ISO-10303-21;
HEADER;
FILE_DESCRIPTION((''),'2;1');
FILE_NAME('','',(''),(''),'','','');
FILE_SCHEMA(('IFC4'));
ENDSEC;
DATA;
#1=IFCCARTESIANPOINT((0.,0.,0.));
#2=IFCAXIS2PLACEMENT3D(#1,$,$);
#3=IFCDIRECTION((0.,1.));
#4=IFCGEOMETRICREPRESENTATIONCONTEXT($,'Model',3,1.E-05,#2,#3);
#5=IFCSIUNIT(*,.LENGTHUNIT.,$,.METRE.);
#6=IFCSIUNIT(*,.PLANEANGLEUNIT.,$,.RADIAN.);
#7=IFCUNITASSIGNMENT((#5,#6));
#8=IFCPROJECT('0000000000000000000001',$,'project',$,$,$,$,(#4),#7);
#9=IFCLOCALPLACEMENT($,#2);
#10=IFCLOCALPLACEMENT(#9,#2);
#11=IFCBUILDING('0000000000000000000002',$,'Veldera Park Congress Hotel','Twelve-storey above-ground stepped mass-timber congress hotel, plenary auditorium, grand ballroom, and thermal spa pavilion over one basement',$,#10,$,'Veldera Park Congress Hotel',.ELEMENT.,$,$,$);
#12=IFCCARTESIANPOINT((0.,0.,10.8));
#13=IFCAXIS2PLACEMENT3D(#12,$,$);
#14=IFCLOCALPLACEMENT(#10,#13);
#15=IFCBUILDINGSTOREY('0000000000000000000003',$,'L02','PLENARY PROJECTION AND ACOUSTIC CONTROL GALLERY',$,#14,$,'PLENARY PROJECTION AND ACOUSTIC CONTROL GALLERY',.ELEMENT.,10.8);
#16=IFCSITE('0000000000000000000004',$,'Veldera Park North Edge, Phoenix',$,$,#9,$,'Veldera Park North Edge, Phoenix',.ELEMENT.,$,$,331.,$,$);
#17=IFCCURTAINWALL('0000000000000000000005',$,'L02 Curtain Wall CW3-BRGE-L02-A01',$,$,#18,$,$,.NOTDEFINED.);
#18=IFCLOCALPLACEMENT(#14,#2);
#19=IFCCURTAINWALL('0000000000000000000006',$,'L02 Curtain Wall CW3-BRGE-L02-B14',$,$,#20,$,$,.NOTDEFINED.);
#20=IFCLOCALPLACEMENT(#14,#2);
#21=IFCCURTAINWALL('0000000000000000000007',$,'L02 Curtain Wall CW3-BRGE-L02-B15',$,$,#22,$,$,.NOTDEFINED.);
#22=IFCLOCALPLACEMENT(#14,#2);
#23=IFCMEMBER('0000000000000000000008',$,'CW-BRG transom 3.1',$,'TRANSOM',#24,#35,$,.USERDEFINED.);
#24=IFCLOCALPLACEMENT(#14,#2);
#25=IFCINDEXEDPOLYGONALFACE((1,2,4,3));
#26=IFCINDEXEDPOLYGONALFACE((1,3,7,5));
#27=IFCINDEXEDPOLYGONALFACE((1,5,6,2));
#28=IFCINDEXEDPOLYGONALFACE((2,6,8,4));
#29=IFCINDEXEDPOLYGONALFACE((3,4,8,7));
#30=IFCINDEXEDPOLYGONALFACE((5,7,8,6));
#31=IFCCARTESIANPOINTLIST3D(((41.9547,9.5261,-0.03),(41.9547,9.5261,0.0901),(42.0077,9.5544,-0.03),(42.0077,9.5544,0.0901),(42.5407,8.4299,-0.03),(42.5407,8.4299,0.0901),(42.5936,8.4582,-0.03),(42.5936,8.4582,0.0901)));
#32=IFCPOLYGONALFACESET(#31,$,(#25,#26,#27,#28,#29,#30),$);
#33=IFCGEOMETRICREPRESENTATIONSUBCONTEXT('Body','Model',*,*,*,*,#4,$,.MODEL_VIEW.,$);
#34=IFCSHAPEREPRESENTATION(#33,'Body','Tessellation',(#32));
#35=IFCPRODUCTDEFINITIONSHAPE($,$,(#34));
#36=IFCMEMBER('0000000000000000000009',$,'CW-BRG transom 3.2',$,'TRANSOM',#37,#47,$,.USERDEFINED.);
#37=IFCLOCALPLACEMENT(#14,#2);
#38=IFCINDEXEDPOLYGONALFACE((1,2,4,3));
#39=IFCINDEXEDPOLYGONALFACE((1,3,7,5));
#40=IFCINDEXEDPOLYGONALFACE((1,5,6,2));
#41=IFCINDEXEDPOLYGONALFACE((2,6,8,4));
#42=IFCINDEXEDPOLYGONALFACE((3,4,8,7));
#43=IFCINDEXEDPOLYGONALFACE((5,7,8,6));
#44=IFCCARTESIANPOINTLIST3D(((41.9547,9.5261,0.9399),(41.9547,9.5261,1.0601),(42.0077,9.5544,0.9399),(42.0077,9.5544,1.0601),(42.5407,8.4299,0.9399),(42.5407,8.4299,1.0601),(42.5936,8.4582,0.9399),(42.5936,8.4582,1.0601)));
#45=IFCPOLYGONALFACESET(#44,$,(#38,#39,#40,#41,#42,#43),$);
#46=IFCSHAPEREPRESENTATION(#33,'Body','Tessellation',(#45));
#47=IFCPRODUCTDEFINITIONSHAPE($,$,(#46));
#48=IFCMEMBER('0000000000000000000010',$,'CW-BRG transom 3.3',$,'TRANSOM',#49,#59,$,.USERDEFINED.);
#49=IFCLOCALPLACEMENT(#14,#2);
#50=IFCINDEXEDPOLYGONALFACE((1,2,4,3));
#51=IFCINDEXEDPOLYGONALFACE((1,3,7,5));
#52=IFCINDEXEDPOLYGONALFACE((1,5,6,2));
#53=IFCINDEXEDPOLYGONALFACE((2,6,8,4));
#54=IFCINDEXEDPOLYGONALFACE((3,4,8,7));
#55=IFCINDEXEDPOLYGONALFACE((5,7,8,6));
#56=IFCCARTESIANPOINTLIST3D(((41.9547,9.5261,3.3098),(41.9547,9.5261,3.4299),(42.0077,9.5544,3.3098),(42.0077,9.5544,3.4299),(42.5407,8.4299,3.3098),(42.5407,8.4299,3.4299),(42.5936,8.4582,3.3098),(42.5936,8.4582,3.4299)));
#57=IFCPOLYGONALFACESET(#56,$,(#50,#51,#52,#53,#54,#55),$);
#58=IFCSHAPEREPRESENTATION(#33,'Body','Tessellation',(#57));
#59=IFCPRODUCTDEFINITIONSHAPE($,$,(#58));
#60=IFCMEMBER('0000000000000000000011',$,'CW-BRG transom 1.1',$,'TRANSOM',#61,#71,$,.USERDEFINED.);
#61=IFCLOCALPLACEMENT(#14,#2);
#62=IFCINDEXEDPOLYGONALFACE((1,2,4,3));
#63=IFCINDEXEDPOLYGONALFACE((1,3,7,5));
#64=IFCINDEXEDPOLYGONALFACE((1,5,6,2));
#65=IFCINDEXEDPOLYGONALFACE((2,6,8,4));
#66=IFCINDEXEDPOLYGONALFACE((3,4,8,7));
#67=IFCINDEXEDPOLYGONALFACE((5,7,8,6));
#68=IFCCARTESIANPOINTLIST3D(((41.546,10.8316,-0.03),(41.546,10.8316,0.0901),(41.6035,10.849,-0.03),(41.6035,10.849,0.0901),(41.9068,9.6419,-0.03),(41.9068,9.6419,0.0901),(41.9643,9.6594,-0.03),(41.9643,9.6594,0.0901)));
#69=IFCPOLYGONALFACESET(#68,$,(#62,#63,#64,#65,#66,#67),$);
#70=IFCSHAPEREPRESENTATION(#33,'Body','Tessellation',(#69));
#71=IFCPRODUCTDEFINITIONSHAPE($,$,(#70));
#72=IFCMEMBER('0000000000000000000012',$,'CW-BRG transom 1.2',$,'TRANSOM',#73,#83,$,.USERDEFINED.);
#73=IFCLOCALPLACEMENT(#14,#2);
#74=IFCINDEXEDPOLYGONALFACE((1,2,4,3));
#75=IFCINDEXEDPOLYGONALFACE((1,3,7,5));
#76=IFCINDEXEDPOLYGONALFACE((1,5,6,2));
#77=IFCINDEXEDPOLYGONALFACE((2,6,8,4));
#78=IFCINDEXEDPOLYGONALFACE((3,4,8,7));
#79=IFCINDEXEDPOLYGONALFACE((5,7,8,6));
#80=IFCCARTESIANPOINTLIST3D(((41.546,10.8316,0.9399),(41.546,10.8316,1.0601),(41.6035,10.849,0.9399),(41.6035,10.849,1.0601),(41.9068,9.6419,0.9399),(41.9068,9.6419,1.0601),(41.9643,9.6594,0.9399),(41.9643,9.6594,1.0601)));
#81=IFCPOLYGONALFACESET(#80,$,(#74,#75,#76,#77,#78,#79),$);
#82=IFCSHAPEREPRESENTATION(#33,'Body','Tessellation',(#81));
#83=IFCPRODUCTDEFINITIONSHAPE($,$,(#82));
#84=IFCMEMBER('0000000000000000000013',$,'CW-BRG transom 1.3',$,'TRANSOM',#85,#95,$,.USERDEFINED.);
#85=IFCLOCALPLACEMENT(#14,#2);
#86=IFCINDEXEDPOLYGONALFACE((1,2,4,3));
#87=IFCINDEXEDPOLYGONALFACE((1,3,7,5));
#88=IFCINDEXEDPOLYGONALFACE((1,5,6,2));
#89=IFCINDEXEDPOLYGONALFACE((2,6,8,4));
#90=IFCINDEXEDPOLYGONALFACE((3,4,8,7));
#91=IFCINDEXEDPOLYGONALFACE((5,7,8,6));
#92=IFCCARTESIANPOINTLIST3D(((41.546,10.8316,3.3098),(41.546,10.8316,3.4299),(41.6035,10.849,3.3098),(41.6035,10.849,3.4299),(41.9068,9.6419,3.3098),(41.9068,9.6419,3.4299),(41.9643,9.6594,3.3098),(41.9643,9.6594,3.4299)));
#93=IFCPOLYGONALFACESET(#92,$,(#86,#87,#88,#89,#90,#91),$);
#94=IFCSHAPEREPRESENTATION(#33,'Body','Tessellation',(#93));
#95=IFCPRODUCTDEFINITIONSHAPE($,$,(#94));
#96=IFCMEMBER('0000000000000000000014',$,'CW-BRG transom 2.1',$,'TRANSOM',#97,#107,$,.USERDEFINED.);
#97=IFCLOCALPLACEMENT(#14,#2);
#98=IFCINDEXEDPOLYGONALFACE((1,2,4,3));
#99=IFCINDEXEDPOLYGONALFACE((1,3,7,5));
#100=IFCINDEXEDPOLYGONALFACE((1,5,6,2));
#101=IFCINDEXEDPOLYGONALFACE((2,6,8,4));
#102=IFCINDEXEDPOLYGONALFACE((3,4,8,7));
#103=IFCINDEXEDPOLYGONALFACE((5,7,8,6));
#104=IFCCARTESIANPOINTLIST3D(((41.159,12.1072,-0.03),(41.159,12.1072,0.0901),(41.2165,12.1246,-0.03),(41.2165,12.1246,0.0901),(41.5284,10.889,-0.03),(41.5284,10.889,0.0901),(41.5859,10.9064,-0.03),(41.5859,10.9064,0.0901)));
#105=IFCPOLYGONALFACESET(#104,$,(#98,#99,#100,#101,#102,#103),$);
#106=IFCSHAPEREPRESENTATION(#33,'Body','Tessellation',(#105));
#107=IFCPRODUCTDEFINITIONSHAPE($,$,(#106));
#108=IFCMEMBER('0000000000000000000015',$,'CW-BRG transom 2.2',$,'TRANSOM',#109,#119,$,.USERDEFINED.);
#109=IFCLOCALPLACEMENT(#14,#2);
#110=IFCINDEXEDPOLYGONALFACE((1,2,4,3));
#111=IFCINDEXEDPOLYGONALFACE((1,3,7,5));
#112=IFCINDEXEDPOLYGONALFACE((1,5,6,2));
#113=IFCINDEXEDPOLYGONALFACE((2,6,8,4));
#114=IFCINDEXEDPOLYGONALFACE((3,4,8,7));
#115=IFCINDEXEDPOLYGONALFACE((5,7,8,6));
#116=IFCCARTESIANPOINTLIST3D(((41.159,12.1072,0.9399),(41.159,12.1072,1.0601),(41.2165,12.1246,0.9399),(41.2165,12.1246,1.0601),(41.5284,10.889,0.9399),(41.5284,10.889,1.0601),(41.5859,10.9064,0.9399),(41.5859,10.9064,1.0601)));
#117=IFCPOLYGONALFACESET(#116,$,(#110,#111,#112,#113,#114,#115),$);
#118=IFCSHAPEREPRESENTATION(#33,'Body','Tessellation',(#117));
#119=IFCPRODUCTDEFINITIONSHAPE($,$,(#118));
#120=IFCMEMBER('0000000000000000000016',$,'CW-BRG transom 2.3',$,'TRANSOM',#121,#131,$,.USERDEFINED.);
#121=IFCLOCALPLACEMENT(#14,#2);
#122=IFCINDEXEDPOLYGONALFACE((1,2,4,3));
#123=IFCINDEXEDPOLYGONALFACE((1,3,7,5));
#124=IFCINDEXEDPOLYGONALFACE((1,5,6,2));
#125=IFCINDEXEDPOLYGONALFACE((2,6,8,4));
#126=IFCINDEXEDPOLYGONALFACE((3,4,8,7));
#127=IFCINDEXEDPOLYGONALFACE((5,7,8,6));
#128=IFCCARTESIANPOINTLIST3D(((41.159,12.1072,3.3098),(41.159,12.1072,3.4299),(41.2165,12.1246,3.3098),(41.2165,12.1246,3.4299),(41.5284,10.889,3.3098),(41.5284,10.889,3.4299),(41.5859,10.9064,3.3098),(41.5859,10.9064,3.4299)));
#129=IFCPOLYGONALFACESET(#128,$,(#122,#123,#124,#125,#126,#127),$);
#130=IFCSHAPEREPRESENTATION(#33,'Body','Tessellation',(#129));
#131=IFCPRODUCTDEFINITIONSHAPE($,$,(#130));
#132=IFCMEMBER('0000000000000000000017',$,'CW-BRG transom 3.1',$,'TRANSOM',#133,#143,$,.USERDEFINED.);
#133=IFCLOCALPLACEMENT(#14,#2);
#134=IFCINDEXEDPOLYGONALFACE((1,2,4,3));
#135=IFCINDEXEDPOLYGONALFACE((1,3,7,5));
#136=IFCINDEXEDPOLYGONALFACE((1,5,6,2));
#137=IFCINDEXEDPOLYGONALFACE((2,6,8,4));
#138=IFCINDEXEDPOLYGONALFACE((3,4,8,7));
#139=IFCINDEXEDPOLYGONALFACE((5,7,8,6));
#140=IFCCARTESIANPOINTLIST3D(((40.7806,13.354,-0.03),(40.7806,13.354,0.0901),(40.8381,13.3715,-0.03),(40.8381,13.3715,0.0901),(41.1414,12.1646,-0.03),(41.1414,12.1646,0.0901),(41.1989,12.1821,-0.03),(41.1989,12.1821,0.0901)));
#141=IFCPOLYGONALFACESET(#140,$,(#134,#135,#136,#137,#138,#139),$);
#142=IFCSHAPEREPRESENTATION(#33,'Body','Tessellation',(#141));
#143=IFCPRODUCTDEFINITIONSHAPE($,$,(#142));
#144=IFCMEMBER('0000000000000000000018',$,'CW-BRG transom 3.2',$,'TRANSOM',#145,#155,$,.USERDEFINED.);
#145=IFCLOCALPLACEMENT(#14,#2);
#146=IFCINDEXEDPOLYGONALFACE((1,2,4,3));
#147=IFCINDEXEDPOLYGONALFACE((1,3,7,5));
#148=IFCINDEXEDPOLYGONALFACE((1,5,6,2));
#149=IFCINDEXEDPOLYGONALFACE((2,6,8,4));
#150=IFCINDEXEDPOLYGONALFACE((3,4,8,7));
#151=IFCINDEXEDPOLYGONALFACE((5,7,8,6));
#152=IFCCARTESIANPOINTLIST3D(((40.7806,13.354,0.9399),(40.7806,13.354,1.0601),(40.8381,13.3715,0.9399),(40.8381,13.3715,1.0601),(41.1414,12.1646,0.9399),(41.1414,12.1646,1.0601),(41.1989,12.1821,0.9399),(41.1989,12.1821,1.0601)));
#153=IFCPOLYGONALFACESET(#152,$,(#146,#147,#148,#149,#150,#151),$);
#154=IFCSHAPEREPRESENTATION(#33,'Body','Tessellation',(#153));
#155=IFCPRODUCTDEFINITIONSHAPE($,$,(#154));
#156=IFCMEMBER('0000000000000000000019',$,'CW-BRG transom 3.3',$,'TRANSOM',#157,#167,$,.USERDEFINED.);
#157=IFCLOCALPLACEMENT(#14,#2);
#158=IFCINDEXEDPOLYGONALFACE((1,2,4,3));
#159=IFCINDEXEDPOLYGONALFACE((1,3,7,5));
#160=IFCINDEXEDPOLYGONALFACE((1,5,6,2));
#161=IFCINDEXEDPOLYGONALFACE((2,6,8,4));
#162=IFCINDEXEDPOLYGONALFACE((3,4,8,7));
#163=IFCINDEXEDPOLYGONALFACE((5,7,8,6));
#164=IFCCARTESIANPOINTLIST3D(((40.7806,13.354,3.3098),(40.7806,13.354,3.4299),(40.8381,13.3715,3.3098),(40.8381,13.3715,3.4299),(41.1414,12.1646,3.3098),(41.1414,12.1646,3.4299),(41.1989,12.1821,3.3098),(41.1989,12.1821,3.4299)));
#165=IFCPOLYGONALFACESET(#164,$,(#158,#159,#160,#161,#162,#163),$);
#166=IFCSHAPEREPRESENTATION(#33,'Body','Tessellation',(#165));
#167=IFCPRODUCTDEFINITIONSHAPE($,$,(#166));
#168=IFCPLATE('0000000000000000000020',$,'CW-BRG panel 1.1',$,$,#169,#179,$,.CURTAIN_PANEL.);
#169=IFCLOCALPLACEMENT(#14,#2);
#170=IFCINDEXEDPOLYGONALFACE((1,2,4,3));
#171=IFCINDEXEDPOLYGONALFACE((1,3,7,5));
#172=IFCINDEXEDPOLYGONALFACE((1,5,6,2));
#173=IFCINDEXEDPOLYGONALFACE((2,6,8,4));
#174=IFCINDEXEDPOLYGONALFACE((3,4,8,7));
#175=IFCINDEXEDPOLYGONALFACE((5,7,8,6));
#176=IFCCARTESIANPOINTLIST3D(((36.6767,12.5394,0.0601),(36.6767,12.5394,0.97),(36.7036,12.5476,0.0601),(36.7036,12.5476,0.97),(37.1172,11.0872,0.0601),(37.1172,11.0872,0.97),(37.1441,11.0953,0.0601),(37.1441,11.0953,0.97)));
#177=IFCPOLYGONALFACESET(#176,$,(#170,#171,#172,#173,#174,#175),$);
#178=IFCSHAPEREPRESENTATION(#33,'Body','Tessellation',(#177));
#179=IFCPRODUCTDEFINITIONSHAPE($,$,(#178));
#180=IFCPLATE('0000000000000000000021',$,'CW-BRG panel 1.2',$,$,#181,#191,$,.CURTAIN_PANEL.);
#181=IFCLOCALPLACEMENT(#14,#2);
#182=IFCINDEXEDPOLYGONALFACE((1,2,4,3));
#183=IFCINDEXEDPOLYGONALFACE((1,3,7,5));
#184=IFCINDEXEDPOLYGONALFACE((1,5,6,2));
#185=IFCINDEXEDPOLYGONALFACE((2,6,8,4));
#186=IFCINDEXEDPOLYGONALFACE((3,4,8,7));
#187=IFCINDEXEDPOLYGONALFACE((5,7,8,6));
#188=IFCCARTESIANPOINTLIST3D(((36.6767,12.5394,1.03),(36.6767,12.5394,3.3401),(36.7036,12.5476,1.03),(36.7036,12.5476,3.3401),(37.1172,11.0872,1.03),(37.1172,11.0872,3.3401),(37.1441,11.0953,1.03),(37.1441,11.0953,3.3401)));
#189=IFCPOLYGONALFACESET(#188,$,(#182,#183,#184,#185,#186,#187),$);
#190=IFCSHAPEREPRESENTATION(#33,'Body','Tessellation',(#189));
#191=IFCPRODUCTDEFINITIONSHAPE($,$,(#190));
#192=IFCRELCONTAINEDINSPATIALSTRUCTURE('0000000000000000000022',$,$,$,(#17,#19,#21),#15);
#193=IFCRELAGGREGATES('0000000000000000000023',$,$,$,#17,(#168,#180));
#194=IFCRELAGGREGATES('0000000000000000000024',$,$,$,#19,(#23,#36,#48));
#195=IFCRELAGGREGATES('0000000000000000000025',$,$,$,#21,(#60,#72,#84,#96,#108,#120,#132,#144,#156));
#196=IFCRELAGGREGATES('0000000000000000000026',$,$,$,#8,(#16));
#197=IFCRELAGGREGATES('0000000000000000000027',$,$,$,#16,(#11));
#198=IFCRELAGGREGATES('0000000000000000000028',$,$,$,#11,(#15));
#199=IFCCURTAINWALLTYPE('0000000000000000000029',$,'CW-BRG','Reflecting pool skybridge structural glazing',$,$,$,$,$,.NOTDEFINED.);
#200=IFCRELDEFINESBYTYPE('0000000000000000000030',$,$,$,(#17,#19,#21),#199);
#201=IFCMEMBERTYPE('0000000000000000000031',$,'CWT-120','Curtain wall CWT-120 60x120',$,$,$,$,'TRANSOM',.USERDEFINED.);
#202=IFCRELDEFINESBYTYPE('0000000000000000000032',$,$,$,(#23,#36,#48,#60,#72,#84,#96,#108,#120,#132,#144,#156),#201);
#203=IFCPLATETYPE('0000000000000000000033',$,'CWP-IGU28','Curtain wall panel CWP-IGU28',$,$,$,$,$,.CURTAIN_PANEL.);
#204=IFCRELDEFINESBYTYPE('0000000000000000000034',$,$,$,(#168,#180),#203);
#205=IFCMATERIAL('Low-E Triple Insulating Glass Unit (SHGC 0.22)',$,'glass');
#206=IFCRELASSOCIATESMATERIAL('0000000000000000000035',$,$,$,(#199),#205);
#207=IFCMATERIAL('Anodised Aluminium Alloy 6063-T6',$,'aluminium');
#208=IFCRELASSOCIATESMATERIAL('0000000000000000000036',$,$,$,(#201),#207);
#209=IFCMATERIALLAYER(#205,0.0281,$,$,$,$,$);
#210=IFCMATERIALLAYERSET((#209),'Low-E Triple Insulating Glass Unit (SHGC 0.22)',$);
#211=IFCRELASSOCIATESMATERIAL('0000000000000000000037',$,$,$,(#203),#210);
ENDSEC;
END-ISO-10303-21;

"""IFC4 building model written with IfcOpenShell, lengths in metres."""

from ifc_helpers import new_model, si_unit, direction, frame, origin, origin_2d, place, context, subcontext, project, spatial, rectangle, extrude, material, layer, layer_set, material_profile, profile_set, type_object, element, aggregate, save


model = new_model("IFC4")

# Units and contexts
model_context = context("Model", 3, precision=1e-05, world=origin(), true_north=direction((0.0, 1.0)))
body_context = subcontext(model_context, "Body", "Model", "MODEL_VIEW")
ifc_project = project(units=[si_unit("LENGTHUNIT", "METRE"), si_unit("PLANEANGLEUNIT", "RADIAN")], contexts=[model_context])

# Site, building, storey
site_placement = place(None, origin())
site = spatial("IfcSite", under=ifc_project, at=site_placement, Name="Veldera Park North Edge, Phoenix", LongName="Veldera Park North Edge, Phoenix", CompositionType="ELEMENT", RefElevation=331.0)
building_placement = place(site_placement, origin())
building = spatial("IfcBuilding", under=site, at=building_placement, Name="Veldera Park Congress Hotel", Description="Twelve-storey above-ground stepped mass-timber congress hotel, plenary auditorium, grand ballroom, and thermal spa pavilion over one basement", LongName="Veldera Park Congress Hotel", CompositionType="ELEMENT")
storey_placement = place(building_placement, frame((0.0, 0.0, 10.8)))
storey = spatial("IfcBuildingStorey", under=building, at=storey_placement, Name="L02", Description="PLENARY PROJECTION AND ACOUSTIC CONTROL GALLERY", LongName="PLENARY PROJECTION AND ACOUSTIC CONTROL GALLERY", CompositionType="ELEMENT", Elevation=10.8)

# Curtain walls
ifc_material_1 = material(Name="Low-E Triple Insulating Glass Unit (SHGC 0.22)", Category="glass")
curtain_wall_type = type_object("IfcCurtainWallType", Name="CW-BRG", Description="Reflecting pool skybridge structural glazing", PredefinedType="NOTDEFINED", material=ifc_material_1)
curtain_wall_1_placement = place(storey_placement, origin())
curtain_wall_1 = element("IfcCurtainWall", 1, at=curtain_wall_1_placement, inside=storey, type_object=curtain_wall_type, Name="L02 Curtain Wall CW3-BRGE-L02-A01", PredefinedType="NOTDEFINED")
ifc_material_2 = material(Name="Anodised Aluminium Alloy 6063-T6", Category="aluminium")
curtain_wall_2_placement = place(storey_placement, origin())
curtain_wall_2 = element("IfcCurtainWall", 2, at=curtain_wall_2_placement, inside=storey, type_object=curtain_wall_type, Name="L02 Curtain Wall CW3-BRGE-L02-B14", PredefinedType="NOTDEFINED")
curtain_wall_3_placement = place(storey_placement, origin())
curtain_wall_3 = element("IfcCurtainWall", 3, at=curtain_wall_3_placement, inside=storey, type_object=curtain_wall_type, Name="L02 Curtain Wall CW3-BRGE-L02-B15", PredefinedType="NOTDEFINED")

# Members
ifc_material_profile_1 = material_profile(ifc_material_2, rectangle(XDim=0.0601, YDim=0.1201, at=origin_2d()), Name="ALU 60x120")
ifc_profile_set_1 = profile_set([ifc_material_profile_1], Name="Anodised Aluminium Alloy 6063-T6")
member_type_1 = type_object("IfcMemberType", Name="CWT-120", Description="Curtain wall CWT-120 60x120", ElementType="TRANSOM", PredefinedType="USERDEFINED", material=ifc_profile_set_1)
member_1_placement = place(storey_placement, frame((42.5671, 8.4441, 0.03), z_axis=(-0.471404, 0.881918, 0.0), x_axis=(-0.881918, -0.471404, 0.0)))
member_1 = element("IfcMember", 4, at=member_1_placement, type_object=member_type_1, Name="CW-BRG transom 3.1", ObjectType="TRANSOM", PredefinedType="USERDEFINED", context=body_context, shape_type="SweptSolid", body=[
    extrude(rectangle(XDim=0.0601, YDim=0.1201, at=origin_2d()), origin(), (0.0, 0.0, 1.0), 1.2429),
])
member_2_placement = place(storey_placement, frame((42.5671, 8.4441, 1.0), z_axis=(-0.471404, 0.881918, 0.0), x_axis=(-0.881918, -0.471404, 0.0)))
member_2 = element("IfcMember", 5, at=member_2_placement, type_object=member_type_1, Name="CW-BRG transom 3.2", ObjectType="TRANSOM", PredefinedType="USERDEFINED", context=body_context, shape_type="SweptSolid", body=[
    extrude(rectangle(XDim=0.0601, YDim=0.1201, at=origin_2d()), origin(), (0.0, 0.0, 1.0), 1.2429),
])
member_3_placement = place(storey_placement, frame((42.5671, 8.4441, 3.3699), z_axis=(-0.471404, 0.881918, 0.0), x_axis=(-0.881918, -0.471404, 0.0)))
member_3 = element("IfcMember", 6, at=member_3_placement, type_object=member_type_1, Name="CW-BRG transom 3.3", ObjectType="TRANSOM", PredefinedType="USERDEFINED", context=body_context, shape_type="SweptSolid", body=[
    extrude(rectangle(XDim=0.0601, YDim=0.1201, at=origin_2d()), origin(), (0.0, 0.0, 1.0), 1.2429),
])
member_4_placement = place(storey_placement, frame((41.9355, 9.6506, 0.03), z_axis=(-0.290247, 0.956952, 0.0), x_axis=(-0.956952, -0.290247, 0.0)))
member_4 = element("IfcMember", 7, at=member_4_placement, type_object=member_type_1, Name="CW-BRG transom 1.1", ObjectType="TRANSOM", PredefinedType="USERDEFINED", context=body_context, shape_type="SweptSolid", body=[
    extrude(rectangle(XDim=0.0601, YDim=0.1201, at=origin_2d()), origin(), (0.0, 0.0, 1.0), 1.2432),
])
member_5_placement = place(storey_placement, frame((41.9355, 9.6506, 1.0), z_axis=(-0.290247, 0.956952, 0.0), x_axis=(-0.956952, -0.290247, 0.0)))
member_5 = element("IfcMember", 8, at=member_5_placement, type_object=member_type_1, Name="CW-BRG transom 1.2", ObjectType="TRANSOM", PredefinedType="USERDEFINED", context=body_context, shape_type="SweptSolid", body=[
    extrude(rectangle(XDim=0.0601, YDim=0.1201, at=origin_2d()), origin(), (0.0, 0.0, 1.0), 1.2432),
])
member_6_placement = place(storey_placement, frame((41.9355, 9.6506, 3.3699), z_axis=(-0.290247, 0.956952, 0.0), x_axis=(-0.956952, -0.290247, 0.0)))
member_6 = element("IfcMember", 9, at=member_6_placement, type_object=member_type_1, Name="CW-BRG transom 1.3", ObjectType="TRANSOM", PredefinedType="USERDEFINED", context=body_context, shape_type="SweptSolid", body=[
    extrude(rectangle(XDim=0.0601, YDim=0.1201, at=origin_2d()), origin(), (0.0, 0.0, 1.0), 1.2432),
])
member_7_placement = place(storey_placement, frame((41.5571, 10.8977, 0.03), z_axis=(-0.290162, 0.956978, 0.0), x_axis=(-0.956978, -0.290162, 0.0)))
member_7 = element("IfcMember", 10, at=member_7_placement, type_object=member_type_1, Name="CW-BRG transom 2.1", ObjectType="TRANSOM", PredefinedType="USERDEFINED", context=body_context, shape_type="SweptSolid", body=[
    extrude(rectangle(XDim=0.0601, YDim=0.1201, at=origin_2d()), origin(), (0.0, 0.0, 1.0), 1.2729),
])
member_8_placement = place(storey_placement, frame((41.5571, 10.8977, 1.0), z_axis=(-0.290162, 0.956978, 0.0), x_axis=(-0.956978, -0.290162, 0.0)))
member_8 = element("IfcMember", 11, at=member_8_placement, type_object=member_type_1, Name="CW-BRG transom 2.2", ObjectType="TRANSOM", PredefinedType="USERDEFINED", context=body_context, shape_type="SweptSolid", body=[
    extrude(rectangle(XDim=0.0601, YDim=0.1201, at=origin_2d()), origin(), (0.0, 0.0, 1.0), 1.2729),
])
member_9_placement = place(storey_placement, frame((41.5571, 10.8977, 3.3699), z_axis=(-0.290162, 0.956978, 0.0), x_axis=(-0.956978, -0.290162, 0.0)))
member_9 = element("IfcMember", 12, at=member_9_placement, type_object=member_type_1, Name="CW-BRG transom 2.3", ObjectType="TRANSOM", PredefinedType="USERDEFINED", context=body_context, shape_type="SweptSolid", body=[
    extrude(rectangle(XDim=0.0601, YDim=0.1201, at=origin_2d()), origin(), (0.0, 0.0, 1.0), 1.2729),
])
member_10_placement = place(storey_placement, frame((41.1702, 12.1733, 0.03), z_axis=(-0.290302, 0.956935, 0.0), x_axis=(-0.956935, -0.290302, 0.0)))
member_10 = element("IfcMember", 13, at=member_10_placement, type_object=member_type_1, Name="CW-BRG transom 3.1", ObjectType="TRANSOM", PredefinedType="USERDEFINED", context=body_context, shape_type="SweptSolid", body=[
    extrude(rectangle(XDim=0.0601, YDim=0.1201, at=origin_2d()), origin(), (0.0, 0.0, 1.0), 1.2429),
])
member_11_placement = place(storey_placement, frame((41.1702, 12.1733, 1.0), z_axis=(-0.290302, 0.956935, 0.0), x_axis=(-0.956935, -0.290302, 0.0)))
member_11 = element("IfcMember", 14, at=member_11_placement, type_object=member_type_1, Name="CW-BRG transom 3.2", ObjectType="TRANSOM", PredefinedType="USERDEFINED", context=body_context, shape_type="SweptSolid", body=[
    extrude(rectangle(XDim=0.0601, YDim=0.1201, at=origin_2d()), origin(), (0.0, 0.0, 1.0), 1.2429),
])
member_12_placement = place(storey_placement, frame((41.1702, 12.1733, 3.3699), z_axis=(-0.290302, 0.956935, 0.0), x_axis=(-0.956935, -0.290302, 0.0)))
member_12 = element("IfcMember", 15, at=member_12_placement, type_object=member_type_1, Name="CW-BRG transom 3.3", ObjectType="TRANSOM", PredefinedType="USERDEFINED", context=body_context, shape_type="SweptSolid", body=[
    extrude(rectangle(XDim=0.0601, YDim=0.1201, at=origin_2d()), origin(), (0.0, 0.0, 1.0), 1.2429),
])

# Plates
ifc_layer = layer(ifc_material_1, 0.0281)
ifc_layer_set = layer_set([ifc_layer], Name="Low-E Triple Insulating Glass Unit (SHGC 0.22)")
plate_type = type_object("IfcPlateType", Name="CWP-IGU28", Description="Curtain wall panel CWP-IGU28", PredefinedType="CURTAIN_PANEL", material=ifc_layer_set)
plate_1_placement = place(storey_placement, frame((36.9104, 11.8174, 0.0601), z_axis=(0.0, 0.0, 1.0), x_axis=(0.290288, -0.956939, 0.0)))
plate_1 = element("IfcPlate", 16, at=plate_1_placement, type_object=plate_type, Name="CW-BRG panel 1.1", PredefinedType="CURTAIN_PANEL", context=body_context, shape_type="SweptSolid", body=[
    extrude(rectangle(XDim=1.5176, YDim=0.0281, at=origin_2d()), origin(), (0.0, 0.0, 1.0), 0.9099),
])
plate_2_placement = place(storey_placement, frame((36.9104, 11.8174, 1.03), z_axis=(0.0, 0.0, 1.0), x_axis=(0.290288, -0.956939, 0.0)))
plate_2 = element("IfcPlate", 17, at=plate_2_placement, type_object=plate_type, Name="CW-BRG panel 1.2", PredefinedType="CURTAIN_PANEL", context=body_context, shape_type="SweptSolid", body=[
    extrude(rectangle(XDim=1.5176, YDim=0.0281, at=origin_2d()), origin(), (0.0, 0.0, 1.0), 2.3101),
])
aggregate(curtain_wall_1, [plate_1, plate_2])
aggregate(curtain_wall_2, [member_1, member_2, member_3])
aggregate(curtain_wall_3, [member_4, member_5, member_6, member_7, member_8, member_9, member_10, member_11, member_12])

save(model, "model.ifc")
